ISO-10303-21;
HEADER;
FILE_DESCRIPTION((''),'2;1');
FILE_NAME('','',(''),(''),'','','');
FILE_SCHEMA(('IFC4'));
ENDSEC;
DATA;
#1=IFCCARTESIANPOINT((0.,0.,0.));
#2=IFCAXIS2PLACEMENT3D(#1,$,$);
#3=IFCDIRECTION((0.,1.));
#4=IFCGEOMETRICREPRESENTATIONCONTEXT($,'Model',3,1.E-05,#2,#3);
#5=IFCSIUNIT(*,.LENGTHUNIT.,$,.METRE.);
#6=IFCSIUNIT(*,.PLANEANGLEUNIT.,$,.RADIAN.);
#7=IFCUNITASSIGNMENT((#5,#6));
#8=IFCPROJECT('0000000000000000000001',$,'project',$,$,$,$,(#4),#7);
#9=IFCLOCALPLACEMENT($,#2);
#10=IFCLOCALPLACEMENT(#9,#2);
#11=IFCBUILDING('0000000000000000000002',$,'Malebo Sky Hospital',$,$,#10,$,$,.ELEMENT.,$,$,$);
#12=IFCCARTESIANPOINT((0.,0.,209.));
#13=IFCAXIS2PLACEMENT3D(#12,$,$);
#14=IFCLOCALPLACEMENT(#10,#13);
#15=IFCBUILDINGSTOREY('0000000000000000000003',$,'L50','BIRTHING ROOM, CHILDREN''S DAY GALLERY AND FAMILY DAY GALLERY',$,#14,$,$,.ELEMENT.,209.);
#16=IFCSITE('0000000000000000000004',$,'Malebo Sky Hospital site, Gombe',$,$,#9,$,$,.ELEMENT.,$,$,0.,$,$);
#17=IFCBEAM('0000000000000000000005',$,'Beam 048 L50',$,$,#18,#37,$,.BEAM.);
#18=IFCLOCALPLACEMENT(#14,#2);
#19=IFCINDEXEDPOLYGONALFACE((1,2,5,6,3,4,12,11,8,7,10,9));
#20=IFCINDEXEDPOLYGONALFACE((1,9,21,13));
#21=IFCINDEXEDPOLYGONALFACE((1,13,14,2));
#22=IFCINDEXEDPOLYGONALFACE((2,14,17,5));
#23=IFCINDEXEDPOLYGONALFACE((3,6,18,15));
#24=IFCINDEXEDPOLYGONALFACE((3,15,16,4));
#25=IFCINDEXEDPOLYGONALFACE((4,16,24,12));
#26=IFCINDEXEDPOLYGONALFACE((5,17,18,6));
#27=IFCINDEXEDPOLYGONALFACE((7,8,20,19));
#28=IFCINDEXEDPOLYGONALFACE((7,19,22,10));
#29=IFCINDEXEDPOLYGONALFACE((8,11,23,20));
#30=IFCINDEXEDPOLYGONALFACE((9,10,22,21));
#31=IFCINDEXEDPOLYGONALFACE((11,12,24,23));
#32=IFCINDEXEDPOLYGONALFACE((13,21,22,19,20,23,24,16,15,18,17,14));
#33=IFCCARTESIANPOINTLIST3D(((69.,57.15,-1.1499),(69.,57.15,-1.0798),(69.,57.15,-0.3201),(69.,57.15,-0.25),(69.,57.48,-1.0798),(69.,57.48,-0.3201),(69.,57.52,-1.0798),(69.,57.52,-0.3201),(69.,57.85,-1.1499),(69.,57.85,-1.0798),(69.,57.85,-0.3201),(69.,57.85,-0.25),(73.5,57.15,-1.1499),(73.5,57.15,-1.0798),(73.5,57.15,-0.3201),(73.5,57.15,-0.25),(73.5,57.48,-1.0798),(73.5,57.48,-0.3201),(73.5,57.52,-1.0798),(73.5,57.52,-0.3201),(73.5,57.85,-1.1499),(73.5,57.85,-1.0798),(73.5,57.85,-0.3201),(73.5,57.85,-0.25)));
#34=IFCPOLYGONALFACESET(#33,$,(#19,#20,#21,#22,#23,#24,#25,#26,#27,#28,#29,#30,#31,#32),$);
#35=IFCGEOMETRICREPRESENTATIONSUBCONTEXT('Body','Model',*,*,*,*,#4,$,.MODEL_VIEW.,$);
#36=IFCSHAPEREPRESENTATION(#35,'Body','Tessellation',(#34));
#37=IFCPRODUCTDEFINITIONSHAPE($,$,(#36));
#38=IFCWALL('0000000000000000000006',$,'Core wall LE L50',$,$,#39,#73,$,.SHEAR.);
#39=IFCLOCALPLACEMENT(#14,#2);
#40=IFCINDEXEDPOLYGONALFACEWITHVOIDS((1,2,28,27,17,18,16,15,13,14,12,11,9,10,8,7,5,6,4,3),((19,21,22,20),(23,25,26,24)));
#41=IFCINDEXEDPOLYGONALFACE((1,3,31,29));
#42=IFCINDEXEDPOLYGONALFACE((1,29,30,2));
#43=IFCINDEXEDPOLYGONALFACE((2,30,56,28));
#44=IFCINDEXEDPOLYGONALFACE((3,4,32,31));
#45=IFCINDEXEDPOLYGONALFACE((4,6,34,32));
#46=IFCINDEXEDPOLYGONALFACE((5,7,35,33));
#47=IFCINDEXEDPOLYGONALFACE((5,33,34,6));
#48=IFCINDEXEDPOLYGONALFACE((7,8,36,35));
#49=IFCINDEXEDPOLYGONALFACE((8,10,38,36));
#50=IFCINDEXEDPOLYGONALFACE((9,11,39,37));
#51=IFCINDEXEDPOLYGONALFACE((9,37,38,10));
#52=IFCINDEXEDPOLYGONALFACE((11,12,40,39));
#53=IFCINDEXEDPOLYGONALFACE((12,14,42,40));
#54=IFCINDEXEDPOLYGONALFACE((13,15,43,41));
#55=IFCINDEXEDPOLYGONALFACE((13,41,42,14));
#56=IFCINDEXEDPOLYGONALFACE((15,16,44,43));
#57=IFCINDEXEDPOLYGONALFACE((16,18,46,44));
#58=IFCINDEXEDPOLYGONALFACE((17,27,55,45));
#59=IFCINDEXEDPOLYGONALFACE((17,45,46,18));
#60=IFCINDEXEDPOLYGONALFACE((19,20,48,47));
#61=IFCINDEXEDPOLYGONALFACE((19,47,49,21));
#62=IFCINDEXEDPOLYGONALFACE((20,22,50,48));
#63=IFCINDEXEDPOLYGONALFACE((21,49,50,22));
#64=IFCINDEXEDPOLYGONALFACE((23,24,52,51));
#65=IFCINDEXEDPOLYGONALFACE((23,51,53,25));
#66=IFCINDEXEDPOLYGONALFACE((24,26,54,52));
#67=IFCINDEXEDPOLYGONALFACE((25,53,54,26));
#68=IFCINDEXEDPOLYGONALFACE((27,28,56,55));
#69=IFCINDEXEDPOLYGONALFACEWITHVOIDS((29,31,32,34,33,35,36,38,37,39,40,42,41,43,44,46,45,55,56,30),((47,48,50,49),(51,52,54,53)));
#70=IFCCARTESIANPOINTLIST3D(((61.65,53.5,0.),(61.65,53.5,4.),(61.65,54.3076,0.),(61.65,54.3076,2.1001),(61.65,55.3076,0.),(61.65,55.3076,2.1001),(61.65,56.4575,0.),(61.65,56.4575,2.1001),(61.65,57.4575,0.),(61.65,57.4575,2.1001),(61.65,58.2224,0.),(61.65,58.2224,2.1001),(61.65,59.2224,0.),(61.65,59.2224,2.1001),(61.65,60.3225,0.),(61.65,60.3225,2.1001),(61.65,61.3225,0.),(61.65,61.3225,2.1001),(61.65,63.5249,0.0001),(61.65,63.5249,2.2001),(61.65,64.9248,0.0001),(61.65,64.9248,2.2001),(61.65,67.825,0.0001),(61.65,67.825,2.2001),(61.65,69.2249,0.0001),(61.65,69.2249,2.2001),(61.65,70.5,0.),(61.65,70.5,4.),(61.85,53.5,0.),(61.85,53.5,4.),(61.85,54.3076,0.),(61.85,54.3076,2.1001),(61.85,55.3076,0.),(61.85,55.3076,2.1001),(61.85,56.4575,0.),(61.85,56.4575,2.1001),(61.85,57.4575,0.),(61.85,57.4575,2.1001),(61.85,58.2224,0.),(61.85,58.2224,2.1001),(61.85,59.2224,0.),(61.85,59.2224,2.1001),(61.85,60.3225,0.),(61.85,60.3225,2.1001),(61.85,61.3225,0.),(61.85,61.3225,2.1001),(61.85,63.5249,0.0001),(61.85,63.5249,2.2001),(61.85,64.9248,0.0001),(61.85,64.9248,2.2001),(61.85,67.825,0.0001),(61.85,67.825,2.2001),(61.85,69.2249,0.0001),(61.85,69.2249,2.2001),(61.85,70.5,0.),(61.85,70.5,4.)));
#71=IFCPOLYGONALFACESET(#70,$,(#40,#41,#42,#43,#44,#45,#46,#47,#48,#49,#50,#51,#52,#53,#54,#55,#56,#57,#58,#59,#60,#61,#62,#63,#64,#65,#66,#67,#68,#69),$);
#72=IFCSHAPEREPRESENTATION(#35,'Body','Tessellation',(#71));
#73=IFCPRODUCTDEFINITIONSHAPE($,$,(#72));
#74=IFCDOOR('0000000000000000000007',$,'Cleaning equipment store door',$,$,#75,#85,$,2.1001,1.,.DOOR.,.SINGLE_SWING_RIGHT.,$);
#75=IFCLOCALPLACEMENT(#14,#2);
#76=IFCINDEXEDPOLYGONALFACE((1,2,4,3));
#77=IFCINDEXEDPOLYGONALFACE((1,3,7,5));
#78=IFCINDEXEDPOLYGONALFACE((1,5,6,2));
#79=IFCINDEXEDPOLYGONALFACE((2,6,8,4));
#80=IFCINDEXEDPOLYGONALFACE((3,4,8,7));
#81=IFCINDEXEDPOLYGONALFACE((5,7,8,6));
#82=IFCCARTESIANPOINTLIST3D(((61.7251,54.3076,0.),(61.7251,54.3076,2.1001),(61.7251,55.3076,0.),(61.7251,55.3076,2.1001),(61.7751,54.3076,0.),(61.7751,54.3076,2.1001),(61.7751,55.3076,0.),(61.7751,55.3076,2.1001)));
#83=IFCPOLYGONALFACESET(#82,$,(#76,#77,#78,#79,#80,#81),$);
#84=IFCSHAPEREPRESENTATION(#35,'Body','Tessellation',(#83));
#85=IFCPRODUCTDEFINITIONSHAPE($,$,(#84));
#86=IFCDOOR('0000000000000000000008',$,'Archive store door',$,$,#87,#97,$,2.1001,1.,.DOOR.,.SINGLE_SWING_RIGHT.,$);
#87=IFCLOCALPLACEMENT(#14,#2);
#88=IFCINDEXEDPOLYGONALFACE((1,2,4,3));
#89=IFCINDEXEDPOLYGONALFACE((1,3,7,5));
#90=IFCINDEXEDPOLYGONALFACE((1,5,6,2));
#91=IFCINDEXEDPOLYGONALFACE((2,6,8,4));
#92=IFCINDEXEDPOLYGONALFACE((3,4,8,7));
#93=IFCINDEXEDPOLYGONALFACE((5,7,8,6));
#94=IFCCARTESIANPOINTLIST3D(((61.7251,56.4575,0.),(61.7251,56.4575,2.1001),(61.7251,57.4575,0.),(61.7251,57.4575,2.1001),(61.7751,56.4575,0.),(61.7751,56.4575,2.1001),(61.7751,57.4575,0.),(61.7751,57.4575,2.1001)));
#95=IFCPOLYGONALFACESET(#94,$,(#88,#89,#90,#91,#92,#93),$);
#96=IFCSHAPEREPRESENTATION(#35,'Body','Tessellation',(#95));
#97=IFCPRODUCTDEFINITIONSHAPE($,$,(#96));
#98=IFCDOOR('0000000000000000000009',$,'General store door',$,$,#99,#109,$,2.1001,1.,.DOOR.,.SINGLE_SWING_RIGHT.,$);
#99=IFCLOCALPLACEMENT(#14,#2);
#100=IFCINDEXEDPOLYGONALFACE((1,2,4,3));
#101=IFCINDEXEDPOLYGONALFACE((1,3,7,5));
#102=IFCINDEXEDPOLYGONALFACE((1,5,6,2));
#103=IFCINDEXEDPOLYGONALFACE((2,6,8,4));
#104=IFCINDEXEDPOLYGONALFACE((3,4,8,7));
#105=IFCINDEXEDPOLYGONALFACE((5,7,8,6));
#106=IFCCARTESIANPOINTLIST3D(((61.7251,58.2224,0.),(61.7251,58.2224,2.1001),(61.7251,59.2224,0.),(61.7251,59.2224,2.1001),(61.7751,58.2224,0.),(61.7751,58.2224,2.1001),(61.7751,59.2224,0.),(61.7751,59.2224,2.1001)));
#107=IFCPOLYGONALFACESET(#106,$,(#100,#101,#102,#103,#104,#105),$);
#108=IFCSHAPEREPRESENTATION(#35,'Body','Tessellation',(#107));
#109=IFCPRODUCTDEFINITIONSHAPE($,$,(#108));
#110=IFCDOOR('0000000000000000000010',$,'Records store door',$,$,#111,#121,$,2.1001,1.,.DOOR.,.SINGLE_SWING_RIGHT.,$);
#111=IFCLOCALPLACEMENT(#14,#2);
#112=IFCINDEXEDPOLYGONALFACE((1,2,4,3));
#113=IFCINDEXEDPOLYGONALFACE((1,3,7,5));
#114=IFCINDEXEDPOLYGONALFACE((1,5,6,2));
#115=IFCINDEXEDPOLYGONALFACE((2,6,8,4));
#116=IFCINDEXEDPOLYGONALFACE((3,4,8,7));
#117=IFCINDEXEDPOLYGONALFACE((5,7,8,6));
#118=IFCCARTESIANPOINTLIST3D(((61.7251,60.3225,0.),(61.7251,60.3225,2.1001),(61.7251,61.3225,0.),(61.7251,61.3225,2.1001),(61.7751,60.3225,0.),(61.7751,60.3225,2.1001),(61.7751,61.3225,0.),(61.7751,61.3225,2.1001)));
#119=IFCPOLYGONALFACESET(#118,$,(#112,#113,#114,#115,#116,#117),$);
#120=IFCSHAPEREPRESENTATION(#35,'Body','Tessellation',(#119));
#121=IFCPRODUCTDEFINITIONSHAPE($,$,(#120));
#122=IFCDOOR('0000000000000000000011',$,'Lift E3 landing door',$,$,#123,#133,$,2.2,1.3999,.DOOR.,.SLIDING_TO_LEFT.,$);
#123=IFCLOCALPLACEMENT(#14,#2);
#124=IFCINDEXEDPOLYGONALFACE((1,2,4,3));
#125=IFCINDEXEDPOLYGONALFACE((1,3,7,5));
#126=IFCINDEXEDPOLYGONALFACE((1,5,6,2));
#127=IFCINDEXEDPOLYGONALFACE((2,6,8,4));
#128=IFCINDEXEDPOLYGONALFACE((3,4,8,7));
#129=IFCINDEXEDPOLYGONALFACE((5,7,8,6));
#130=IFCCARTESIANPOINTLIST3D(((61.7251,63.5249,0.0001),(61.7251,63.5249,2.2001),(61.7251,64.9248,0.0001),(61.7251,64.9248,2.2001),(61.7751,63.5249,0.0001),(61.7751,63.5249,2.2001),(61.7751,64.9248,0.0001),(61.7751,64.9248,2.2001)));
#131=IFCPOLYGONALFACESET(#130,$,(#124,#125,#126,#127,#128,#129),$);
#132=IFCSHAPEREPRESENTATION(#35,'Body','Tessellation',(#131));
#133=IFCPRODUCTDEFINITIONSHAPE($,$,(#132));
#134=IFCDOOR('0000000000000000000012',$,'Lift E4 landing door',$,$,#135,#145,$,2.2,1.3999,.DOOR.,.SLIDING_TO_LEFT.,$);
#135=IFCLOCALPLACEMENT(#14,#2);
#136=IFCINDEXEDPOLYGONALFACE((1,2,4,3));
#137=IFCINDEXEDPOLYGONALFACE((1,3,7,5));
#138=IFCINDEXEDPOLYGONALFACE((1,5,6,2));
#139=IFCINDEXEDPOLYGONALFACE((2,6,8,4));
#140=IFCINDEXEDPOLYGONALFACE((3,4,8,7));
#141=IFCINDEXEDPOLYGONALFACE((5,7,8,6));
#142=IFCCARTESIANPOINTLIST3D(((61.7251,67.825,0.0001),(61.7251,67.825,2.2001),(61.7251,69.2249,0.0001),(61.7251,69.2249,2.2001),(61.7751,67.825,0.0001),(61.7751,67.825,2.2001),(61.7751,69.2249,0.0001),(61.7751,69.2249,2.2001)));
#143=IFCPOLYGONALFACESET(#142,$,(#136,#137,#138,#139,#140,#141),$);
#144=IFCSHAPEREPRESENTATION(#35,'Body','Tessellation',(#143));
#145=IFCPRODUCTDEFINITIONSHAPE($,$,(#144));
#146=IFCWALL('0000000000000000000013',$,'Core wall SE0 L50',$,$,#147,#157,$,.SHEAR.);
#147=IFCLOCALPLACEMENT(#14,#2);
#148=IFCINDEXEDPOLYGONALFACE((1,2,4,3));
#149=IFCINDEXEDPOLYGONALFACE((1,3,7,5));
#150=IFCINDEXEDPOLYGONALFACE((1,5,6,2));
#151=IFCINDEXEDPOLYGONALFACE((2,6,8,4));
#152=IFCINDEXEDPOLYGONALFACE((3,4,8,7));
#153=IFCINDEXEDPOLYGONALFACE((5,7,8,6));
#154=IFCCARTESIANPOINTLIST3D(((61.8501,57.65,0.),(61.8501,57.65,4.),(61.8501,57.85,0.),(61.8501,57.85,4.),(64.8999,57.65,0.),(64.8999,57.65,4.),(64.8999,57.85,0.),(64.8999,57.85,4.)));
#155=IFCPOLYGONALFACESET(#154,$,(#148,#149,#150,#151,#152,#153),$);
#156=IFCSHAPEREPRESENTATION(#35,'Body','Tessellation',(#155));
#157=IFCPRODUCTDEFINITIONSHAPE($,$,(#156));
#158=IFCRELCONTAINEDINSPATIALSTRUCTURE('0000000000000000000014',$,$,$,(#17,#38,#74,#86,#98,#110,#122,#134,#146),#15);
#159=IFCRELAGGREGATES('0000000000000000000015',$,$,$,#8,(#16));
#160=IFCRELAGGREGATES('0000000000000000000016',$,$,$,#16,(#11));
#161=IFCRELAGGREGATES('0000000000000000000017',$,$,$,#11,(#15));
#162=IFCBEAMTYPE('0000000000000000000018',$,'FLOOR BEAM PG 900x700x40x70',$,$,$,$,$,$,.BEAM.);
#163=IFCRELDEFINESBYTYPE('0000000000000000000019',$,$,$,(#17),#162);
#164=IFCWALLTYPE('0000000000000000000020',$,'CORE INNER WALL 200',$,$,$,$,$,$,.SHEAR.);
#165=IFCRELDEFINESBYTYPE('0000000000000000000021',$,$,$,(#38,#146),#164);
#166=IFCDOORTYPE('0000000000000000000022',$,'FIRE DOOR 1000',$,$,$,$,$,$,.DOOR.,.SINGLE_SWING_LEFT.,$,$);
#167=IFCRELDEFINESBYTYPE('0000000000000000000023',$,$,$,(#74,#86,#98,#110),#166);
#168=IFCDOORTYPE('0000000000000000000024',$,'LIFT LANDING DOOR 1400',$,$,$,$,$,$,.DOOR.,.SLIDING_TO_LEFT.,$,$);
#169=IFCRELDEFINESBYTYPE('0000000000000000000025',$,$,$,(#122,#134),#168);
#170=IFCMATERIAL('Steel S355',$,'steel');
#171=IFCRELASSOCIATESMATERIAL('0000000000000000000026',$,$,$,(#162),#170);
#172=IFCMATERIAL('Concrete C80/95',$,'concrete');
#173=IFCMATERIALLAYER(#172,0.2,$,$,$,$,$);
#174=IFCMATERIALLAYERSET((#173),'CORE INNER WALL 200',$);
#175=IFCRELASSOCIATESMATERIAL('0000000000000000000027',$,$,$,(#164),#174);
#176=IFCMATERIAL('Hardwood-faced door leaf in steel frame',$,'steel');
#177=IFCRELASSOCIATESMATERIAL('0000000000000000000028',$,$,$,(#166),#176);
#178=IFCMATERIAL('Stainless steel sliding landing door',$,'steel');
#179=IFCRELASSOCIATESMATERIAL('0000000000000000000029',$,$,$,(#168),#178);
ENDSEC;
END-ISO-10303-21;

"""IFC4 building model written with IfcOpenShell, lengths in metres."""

from ifc_helpers import new_model, si_unit, direction, frame, frame_2d, origin, origin_2d, place, context, subcontext, project, spatial, rectangle, i_section, extrude, material, layer, layer_set, material_profile, profile_set, type_object, element, fill, save


model = new_model("IFC4")

# Units and contexts
model_context = context("Model", 3, precision=1e-05, world=origin(), true_north=direction((0.0, 1.0)))
body_context = subcontext(model_context, "Body", "Model", "MODEL_VIEW")
ifc_project = project(units=[si_unit("LENGTHUNIT", "METRE"), si_unit("PLANEANGLEUNIT", "RADIAN")], contexts=[model_context])

# Site, building, storey
site_placement = place(None, origin())
site = spatial("IfcSite", under=ifc_project, at=site_placement, Name="Malebo Sky Hospital site, Gombe", CompositionType="ELEMENT", RefElevation=0.0)
building_placement = place(site_placement, origin())
building = spatial("IfcBuilding", under=site, at=building_placement, Name="Malebo Sky Hospital", CompositionType="ELEMENT")
storey_placement = place(building_placement, frame((0.0, 0.0, 209.0)))
storey = spatial("IfcBuildingStorey", under=building, at=storey_placement, Name="L50", Description="BIRTHING ROOM, CHILDREN'S DAY GALLERY AND FAMILY DAY GALLERY", CompositionType="ELEMENT", Elevation=209.0)

# Beam
ifc_material_1 = material(Name="Steel S355", Category="steel")
ifc_material_profile = material_profile(ifc_material_1, i_section(OverallWidth=0.7, OverallDepth=0.8999, WebThickness=0.04, FlangeThickness=0.0701, at=origin_2d()), Name="PG 900x700x40x70")
ifc_profile_set = profile_set([ifc_material_profile], Name="Steel S355")
beam_type = type_object("IfcBeamType", Name="FLOOR BEAM PG 900x700x40x70", PredefinedType="BEAM", material=ifc_profile_set)
beam_placement = place(storey_placement, frame((69.0, 57.5, -0.7), z_axis=(1.0, 0.0, 0.0), x_axis=(0.0, 1.0, 0.0)))
element("IfcBeam", 1, at=beam_placement, inside=storey, type_object=beam_type, Name="Beam 048 L50", PredefinedType="BEAM", context=body_context, shape_type="SweptSolid", body=[
    extrude(i_section(OverallWidth=0.7, OverallDepth=0.8999, WebThickness=0.04, FlangeThickness=0.0701, at=origin_2d()), origin(), (0.0, 0.0, 1.0), 4.5),
])

# Wall, openings, doors
ifc_material_2 = material(Name="Concrete C80/95", Category="concrete")
ifc_layer_1 = layer(ifc_material_2, 0.2)
ifc_layer_set_1 = layer_set([ifc_layer_1], Name="CORE INNER WALL 200")
wall_type_1 = type_object("IfcWallType", Name="CORE INNER WALL 200", PredefinedType="SHEAR", material=ifc_layer_set_1)
wall_1_placement = place(storey_placement, frame((61.75, 53.5, 0.0), z_axis=(0.0, 0.0, 1.0), x_axis=(0.0, 1.0, 0.0)))
wall_1 = element("IfcWall", 2, at=wall_1_placement, inside=storey, type_object=wall_type_1, Name="Core wall LE L50", PredefinedType="SHEAR", context=body_context, shape_type="SweptSolid", body=[
    extrude(rectangle(XDim=17.0, YDim=0.2, at=frame_2d((8.5, 0.0))), origin(), (0.0, 0.0, 1.0), 4.0),
])
opening_1_placement = place(wall_1_placement, frame((0.8076, 0.0, 0.0)))
opening_1 = element("IfcOpeningElement", 3, at=opening_1_placement, cuts=wall_1, PredefinedType="OPENING", context=body_context, shape_type="SweptSolid", body=[
    extrude(rectangle(XDim=1.0, YDim=2.1001, at=frame_2d((0.5, 1.05))), frame((0.0, 0.1099, 0.0), z_axis=(0.0, -1.0, 0.0), x_axis=(1.0, 0.0, 0.0)), (0.0, 0.0, 1.0), 0.22),
])
opening_2_placement = place(wall_1_placement, frame((2.9575, 0.0, 0.0)))
opening_2 = element("IfcOpeningElement", 4, at=opening_2_placement, cuts=wall_1, PredefinedType="OPENING", context=body_context, shape_type="SweptSolid", body=[
    extrude(rectangle(XDim=1.0, YDim=2.1001, at=frame_2d((0.5, 1.05))), frame((0.0, 0.1099, 0.0), z_axis=(0.0, -1.0, 0.0), x_axis=(1.0, 0.0, 0.0)), (0.0, 0.0, 1.0), 0.22),
])
opening_3_placement = place(wall_1_placement, frame((4.7224, 0.0, 0.0)))
opening_3 = element("IfcOpeningElement", 5, at=opening_3_placement, cuts=wall_1, PredefinedType="OPENING", context=body_context, shape_type="SweptSolid", body=[
    extrude(rectangle(XDim=1.0, YDim=2.1001, at=frame_2d((0.5, 1.05))), frame((0.0, 0.1099, 0.0), z_axis=(0.0, -1.0, 0.0), x_axis=(1.0, 0.0, 0.0)), (0.0, 0.0, 1.0), 0.22),
])
opening_4_placement = place(wall_1_placement, frame((6.8225, 0.0, 0.0)))
opening_4 = element("IfcOpeningElement", 6, at=opening_4_placement, cuts=wall_1, PredefinedType="OPENING", context=body_context, shape_type="SweptSolid", body=[
    extrude(rectangle(XDim=1.0, YDim=2.1001, at=frame_2d((0.5, 1.05))), frame((0.0, 0.1099, 0.0), z_axis=(0.0, -1.0, 0.0), x_axis=(1.0, 0.0, 0.0)), (0.0, 0.0, 1.0), 0.22),
])
opening_5_placement = place(wall_1_placement, frame((10.0249, 0.0, 0.0)))
opening_5 = element("IfcOpeningElement", 7, at=opening_5_placement, cuts=wall_1, PredefinedType="OPENING", context=body_context, shape_type="SweptSolid", body=[
    extrude(rectangle(XDim=1.3999, YDim=2.2, at=frame_2d((0.7, 1.1001))), frame((0.0, 0.1099, 0.0), z_axis=(0.0, -1.0, 0.0), x_axis=(1.0, 0.0, 0.0)), (0.0, 0.0, 1.0), 0.22),
])
opening_6_placement = place(wall_1_placement, frame((14.325, 0.0, 0.0)))
opening_6 = element("IfcOpeningElement", 8, at=opening_6_placement, cuts=wall_1, PredefinedType="OPENING", context=body_context, shape_type="SweptSolid", body=[
    extrude(rectangle(XDim=1.3999, YDim=2.2, at=frame_2d((0.7, 1.1001))), frame((0.0, 0.1099, 0.0), z_axis=(0.0, -1.0, 0.0), x_axis=(1.0, 0.0, 0.0)), (0.0, 0.0, 1.0), 0.22),
])
ifc_material_3 = material(Name="Hardwood-faced door leaf in steel frame", Category="steel")
door_type_1 = type_object("IfcDoorType", Name="FIRE DOOR 1000", OperationType="SINGLE_SWING_LEFT", PredefinedType="DOOR", material=ifc_material_3)
door_1_placement = place(opening_1_placement, origin())
door_1 = element("IfcDoor", 9, at=door_1_placement, inside=storey, type_object=door_type_1, Name="Cleaning equipment store door", OperationType="SINGLE_SWING_RIGHT", OverallHeight=2.1001, OverallWidth=1.0, PredefinedType="DOOR", context=body_context, shape_type="SweptSolid", body=[
    extrude(rectangle(XDim=1.0, YDim=2.1001, at=frame_2d((0.5, 1.05))), frame((0.0, 0.0249, 0.0), z_axis=(0.0, -1.0, 0.0), x_axis=(1.0, 0.0, 0.0)), (0.0, 0.0, 1.0), 0.05),
])
fill(opening_1, door_1)
door_2_placement = place(opening_2_placement, origin())
door_2 = element("IfcDoor", 10, at=door_2_placement, inside=storey, type_object=door_type_1, Name="Archive store door", OperationType="SINGLE_SWING_RIGHT", OverallHeight=2.1001, OverallWidth=1.0, PredefinedType="DOOR", context=body_context, shape_type="SweptSolid", body=[
    extrude(rectangle(XDim=1.0, YDim=2.1001, at=frame_2d((0.5, 1.05))), frame((0.0, 0.0249, 0.0), z_axis=(0.0, -1.0, 0.0), x_axis=(1.0, 0.0, 0.0)), (0.0, 0.0, 1.0), 0.05),
])
fill(opening_2, door_2)
door_3_placement = place(opening_3_placement, origin())
door_3 = element("IfcDoor", 11, at=door_3_placement, inside=storey, type_object=door_type_1, Name="General store door", OperationType="SINGLE_SWING_RIGHT", OverallHeight=2.1001, OverallWidth=1.0, PredefinedType="DOOR", context=body_context, shape_type="SweptSolid", body=[
    extrude(rectangle(XDim=1.0, YDim=2.1001, at=frame_2d((0.5, 1.05))), frame((0.0, 0.0249, 0.0), z_axis=(0.0, -1.0, 0.0), x_axis=(1.0, 0.0, 0.0)), (0.0, 0.0, 1.0), 0.05),
])
fill(opening_3, door_3)
door_4_placement = place(opening_4_placement, origin())
door_4 = element("IfcDoor", 12, at=door_4_placement, inside=storey, type_object=door_type_1, Name="Records store door", OperationType="SINGLE_SWING_RIGHT", OverallHeight=2.1001, OverallWidth=1.0, PredefinedType="DOOR", context=body_context, shape_type="SweptSolid", body=[
    extrude(rectangle(XDim=1.0, YDim=2.1001, at=frame_2d((0.5, 1.05))), frame((0.0, 0.0249, 0.0), z_axis=(0.0, -1.0, 0.0), x_axis=(1.0, 0.0, 0.0)), (0.0, 0.0, 1.0), 0.05),
])
fill(opening_4, door_4)
ifc_material_4 = material(Name="Stainless steel sliding landing door", Category="steel")
door_type_2 = type_object("IfcDoorType", Name="LIFT LANDING DOOR 1400", OperationType="SLIDING_TO_LEFT", PredefinedType="DOOR", material=ifc_material_4)
door_5_placement = place(opening_5_placement, origin())
door_5 = element("IfcDoor", 13, at=door_5_placement, inside=storey, type_object=door_type_2, Name="Lift E3 landing door", OperationType="SLIDING_TO_LEFT", OverallHeight=2.2, OverallWidth=1.3999, PredefinedType="DOOR", context=body_context, shape_type="SweptSolid", body=[
    extrude(rectangle(XDim=1.3999, YDim=2.2, at=frame_2d((0.7, 1.1001))), frame((0.0, 0.0249, 0.0), z_axis=(0.0, -1.0, 0.0), x_axis=(1.0, 0.0, 0.0)), (0.0, 0.0, 1.0), 0.05),
])
fill(opening_5, door_5)
door_6_placement = place(opening_6_placement, origin())
door_6 = element("IfcDoor", 14, at=door_6_placement, inside=storey, type_object=door_type_2, Name="Lift E4 landing door", OperationType="SLIDING_TO_LEFT", OverallHeight=2.2, OverallWidth=1.3999, PredefinedType="DOOR", context=body_context, shape_type="SweptSolid", body=[
    extrude(rectangle(XDim=1.3999, YDim=2.2, at=frame_2d((0.7, 1.1001))), frame((0.0, 0.0249, 0.0), z_axis=(0.0, -1.0, 0.0), x_axis=(1.0, 0.0, 0.0)), (0.0, 0.0, 1.0), 0.05),
])
fill(opening_6, door_6)

# Wall
wall_2_placement = place(storey_placement, frame((61.8501, 57.75, 0.0), z_axis=(0.0, 0.0, 1.0), x_axis=(1.0, 0.0, 0.0)))
element("IfcWall", 15, at=wall_2_placement, inside=storey, type_object=wall_type_1, Name="Core wall SE0 L50", PredefinedType="SHEAR", context=body_context, shape_type="SweptSolid", body=[
    extrude(rectangle(XDim=3.0498, YDim=0.2, at=frame_2d((1.5249, 0.0))), origin(), (0.0, 0.0, 1.0), 4.0),
])

save(model, "model.ifc")
